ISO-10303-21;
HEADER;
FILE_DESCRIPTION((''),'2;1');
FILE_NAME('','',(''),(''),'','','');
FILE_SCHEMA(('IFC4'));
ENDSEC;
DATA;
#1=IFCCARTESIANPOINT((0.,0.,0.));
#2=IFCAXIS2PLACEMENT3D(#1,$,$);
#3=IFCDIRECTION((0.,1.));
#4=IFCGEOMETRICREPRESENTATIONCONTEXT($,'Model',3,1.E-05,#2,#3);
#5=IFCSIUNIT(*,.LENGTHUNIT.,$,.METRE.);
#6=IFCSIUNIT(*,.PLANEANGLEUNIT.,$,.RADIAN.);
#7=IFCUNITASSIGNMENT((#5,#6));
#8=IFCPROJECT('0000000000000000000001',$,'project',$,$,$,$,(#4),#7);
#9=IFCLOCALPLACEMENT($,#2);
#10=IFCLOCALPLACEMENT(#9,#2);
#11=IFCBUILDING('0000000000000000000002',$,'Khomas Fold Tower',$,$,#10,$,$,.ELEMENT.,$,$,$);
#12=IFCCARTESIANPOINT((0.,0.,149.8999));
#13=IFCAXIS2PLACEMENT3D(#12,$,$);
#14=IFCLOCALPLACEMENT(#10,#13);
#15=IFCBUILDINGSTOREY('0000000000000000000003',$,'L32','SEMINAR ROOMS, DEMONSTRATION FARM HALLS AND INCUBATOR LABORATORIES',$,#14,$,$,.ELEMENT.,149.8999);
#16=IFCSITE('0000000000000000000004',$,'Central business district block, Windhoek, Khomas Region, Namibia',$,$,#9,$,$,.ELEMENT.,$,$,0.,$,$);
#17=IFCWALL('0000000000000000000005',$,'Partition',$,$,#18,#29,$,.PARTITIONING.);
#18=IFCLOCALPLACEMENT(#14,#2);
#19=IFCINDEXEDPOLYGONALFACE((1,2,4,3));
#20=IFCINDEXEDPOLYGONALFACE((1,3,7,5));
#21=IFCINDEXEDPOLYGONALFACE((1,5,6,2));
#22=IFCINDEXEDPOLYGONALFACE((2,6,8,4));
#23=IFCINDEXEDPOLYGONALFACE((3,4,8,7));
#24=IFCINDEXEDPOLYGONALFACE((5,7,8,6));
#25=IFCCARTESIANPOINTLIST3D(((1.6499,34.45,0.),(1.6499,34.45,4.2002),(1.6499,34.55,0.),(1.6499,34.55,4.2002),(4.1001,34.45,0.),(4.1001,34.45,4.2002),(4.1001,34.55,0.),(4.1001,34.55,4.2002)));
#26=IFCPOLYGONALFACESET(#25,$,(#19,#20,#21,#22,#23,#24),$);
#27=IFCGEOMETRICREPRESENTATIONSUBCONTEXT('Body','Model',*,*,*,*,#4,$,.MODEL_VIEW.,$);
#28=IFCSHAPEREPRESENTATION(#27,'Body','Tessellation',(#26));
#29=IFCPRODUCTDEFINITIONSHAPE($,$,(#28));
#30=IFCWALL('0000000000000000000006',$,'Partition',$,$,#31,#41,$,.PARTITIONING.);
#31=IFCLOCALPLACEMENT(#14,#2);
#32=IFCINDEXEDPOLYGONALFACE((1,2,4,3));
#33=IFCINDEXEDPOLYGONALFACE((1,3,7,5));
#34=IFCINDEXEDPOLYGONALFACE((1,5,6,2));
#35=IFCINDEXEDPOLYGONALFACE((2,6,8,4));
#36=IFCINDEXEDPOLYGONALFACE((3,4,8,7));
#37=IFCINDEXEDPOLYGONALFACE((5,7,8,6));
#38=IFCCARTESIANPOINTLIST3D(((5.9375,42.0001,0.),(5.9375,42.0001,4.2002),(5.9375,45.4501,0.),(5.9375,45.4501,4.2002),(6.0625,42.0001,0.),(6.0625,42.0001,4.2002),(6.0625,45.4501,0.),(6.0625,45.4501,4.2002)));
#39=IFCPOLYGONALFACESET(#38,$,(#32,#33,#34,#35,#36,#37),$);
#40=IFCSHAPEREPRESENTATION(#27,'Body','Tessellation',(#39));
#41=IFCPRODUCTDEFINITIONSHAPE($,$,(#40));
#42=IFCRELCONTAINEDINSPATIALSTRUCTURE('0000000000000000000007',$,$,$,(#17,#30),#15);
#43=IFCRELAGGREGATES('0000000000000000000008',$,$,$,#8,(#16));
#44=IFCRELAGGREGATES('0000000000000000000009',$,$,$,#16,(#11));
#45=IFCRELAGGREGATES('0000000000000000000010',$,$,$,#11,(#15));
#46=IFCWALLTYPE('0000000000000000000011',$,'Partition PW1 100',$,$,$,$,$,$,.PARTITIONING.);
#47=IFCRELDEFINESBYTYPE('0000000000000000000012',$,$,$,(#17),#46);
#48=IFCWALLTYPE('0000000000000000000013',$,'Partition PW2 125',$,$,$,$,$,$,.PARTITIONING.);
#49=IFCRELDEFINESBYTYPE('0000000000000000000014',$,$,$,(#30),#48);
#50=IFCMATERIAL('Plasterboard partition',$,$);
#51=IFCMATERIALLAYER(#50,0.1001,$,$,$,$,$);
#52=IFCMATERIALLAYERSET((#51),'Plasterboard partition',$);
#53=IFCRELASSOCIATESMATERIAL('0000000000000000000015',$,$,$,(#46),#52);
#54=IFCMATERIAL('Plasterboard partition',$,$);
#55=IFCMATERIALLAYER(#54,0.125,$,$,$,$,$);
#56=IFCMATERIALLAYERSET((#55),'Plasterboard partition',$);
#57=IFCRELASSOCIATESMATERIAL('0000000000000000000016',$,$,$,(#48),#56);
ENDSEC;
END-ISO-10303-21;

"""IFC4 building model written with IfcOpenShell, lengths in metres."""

from ifc_helpers import new_model, si_unit, direction, frame, frame_2d, origin, place, context, subcontext, project, spatial, rectangle, extrude, source, transform, mapped, material, layer, layer_set, type_object, element, save


model = new_model("IFC4")

# Units and contexts
model_context = context("Model", 3, precision=1e-05, world=origin(), true_north=direction((0.0, 1.0)))
body_context = subcontext(model_context, "Body", "Model", "MODEL_VIEW")
ifc_project = project(units=[si_unit("LENGTHUNIT", "METRE"), si_unit("PLANEANGLEUNIT", "RADIAN")], contexts=[model_context])

# Site, building, storey
site_placement = place(None, origin())
site = spatial("IfcSite", under=ifc_project, at=site_placement, Name="Central business district block, Windhoek, Khomas Region, Namibia", CompositionType="ELEMENT", RefElevation=0.0)
building_placement = place(site_placement, origin())
building = spatial("IfcBuilding", under=site, at=building_placement, Name="Khomas Fold Tower", CompositionType="ELEMENT")
storey_placement = place(building_placement, frame((0.0, 0.0, 149.8999)))
storey = spatial("IfcBuildingStorey", under=building, at=storey_placement, Name="L32", Description="SEMINAR ROOMS, DEMONSTRATION FARM HALLS AND INCUBATOR LABORATORIES", CompositionType="ELEMENT", Elevation=149.8999)

# Walls
ifc_material_1 = material(Name="Plasterboard partition")
ifc_layer_1 = layer(ifc_material_1, 0.1001)
ifc_layer_set_1 = layer_set([ifc_layer_1], Name="Plasterboard partition")
wall_type_1 = type_object("IfcWallType", Name="Partition PW1 100", PredefinedType="PARTITIONING", material=ifc_layer_set_1)
shared_shape_1 = source(origin(), body_context, "Body", "SweptSolid", [
    extrude(rectangle(XDim=2.4502, YDim=0.1001, at=frame_2d((1.2251, 0.0))), origin(), (0.0, 0.0, 1.0), 4.2002),
])
wall_1_placement = place(storey_placement, frame((1.6499, 34.5, 0.0), z_axis=(0.0, 0.0, 1.0), x_axis=(1.0, 0.0, 0.0)))
element("IfcWall", 1, at=wall_1_placement, inside=storey, type_object=wall_type_1, Name="Partition", PredefinedType="PARTITIONING", context=body_context, shape_type="MappedRepresentation", body=[
    mapped(shared_shape_1, transform((0.0, 0.0, 0.0))),
])
ifc_material_2 = material(Name="Plasterboard partition")
ifc_layer_2 = layer(ifc_material_2, 0.125)
ifc_layer_set_2 = layer_set([ifc_layer_2], Name="Plasterboard partition")
wall_type_2 = type_object("IfcWallType", Name="Partition PW2 125", PredefinedType="PARTITIONING", material=ifc_layer_set_2)
shared_shape_2 = source(origin(), body_context, "Body", "SweptSolid", [
    extrude(rectangle(XDim=3.45, YDim=0.125, at=frame_2d((1.7251, 0.0))), origin(), (0.0, 0.0, 1.0), 4.2002),
])
wall_2_placement = place(storey_placement, frame((6.0, 42.0, 0.0), z_axis=(0.0, 0.0, 1.0), x_axis=(0.0, 1.0, 0.0)))
element("IfcWall", 2, at=wall_2_placement, inside=storey, type_object=wall_type_2, Name="Partition", PredefinedType="PARTITIONING", context=body_context, shape_type="MappedRepresentation", body=[
    mapped(shared_shape_2, transform((0.0, 0.0, 0.0))),
])

save(model, "model.ifc")
